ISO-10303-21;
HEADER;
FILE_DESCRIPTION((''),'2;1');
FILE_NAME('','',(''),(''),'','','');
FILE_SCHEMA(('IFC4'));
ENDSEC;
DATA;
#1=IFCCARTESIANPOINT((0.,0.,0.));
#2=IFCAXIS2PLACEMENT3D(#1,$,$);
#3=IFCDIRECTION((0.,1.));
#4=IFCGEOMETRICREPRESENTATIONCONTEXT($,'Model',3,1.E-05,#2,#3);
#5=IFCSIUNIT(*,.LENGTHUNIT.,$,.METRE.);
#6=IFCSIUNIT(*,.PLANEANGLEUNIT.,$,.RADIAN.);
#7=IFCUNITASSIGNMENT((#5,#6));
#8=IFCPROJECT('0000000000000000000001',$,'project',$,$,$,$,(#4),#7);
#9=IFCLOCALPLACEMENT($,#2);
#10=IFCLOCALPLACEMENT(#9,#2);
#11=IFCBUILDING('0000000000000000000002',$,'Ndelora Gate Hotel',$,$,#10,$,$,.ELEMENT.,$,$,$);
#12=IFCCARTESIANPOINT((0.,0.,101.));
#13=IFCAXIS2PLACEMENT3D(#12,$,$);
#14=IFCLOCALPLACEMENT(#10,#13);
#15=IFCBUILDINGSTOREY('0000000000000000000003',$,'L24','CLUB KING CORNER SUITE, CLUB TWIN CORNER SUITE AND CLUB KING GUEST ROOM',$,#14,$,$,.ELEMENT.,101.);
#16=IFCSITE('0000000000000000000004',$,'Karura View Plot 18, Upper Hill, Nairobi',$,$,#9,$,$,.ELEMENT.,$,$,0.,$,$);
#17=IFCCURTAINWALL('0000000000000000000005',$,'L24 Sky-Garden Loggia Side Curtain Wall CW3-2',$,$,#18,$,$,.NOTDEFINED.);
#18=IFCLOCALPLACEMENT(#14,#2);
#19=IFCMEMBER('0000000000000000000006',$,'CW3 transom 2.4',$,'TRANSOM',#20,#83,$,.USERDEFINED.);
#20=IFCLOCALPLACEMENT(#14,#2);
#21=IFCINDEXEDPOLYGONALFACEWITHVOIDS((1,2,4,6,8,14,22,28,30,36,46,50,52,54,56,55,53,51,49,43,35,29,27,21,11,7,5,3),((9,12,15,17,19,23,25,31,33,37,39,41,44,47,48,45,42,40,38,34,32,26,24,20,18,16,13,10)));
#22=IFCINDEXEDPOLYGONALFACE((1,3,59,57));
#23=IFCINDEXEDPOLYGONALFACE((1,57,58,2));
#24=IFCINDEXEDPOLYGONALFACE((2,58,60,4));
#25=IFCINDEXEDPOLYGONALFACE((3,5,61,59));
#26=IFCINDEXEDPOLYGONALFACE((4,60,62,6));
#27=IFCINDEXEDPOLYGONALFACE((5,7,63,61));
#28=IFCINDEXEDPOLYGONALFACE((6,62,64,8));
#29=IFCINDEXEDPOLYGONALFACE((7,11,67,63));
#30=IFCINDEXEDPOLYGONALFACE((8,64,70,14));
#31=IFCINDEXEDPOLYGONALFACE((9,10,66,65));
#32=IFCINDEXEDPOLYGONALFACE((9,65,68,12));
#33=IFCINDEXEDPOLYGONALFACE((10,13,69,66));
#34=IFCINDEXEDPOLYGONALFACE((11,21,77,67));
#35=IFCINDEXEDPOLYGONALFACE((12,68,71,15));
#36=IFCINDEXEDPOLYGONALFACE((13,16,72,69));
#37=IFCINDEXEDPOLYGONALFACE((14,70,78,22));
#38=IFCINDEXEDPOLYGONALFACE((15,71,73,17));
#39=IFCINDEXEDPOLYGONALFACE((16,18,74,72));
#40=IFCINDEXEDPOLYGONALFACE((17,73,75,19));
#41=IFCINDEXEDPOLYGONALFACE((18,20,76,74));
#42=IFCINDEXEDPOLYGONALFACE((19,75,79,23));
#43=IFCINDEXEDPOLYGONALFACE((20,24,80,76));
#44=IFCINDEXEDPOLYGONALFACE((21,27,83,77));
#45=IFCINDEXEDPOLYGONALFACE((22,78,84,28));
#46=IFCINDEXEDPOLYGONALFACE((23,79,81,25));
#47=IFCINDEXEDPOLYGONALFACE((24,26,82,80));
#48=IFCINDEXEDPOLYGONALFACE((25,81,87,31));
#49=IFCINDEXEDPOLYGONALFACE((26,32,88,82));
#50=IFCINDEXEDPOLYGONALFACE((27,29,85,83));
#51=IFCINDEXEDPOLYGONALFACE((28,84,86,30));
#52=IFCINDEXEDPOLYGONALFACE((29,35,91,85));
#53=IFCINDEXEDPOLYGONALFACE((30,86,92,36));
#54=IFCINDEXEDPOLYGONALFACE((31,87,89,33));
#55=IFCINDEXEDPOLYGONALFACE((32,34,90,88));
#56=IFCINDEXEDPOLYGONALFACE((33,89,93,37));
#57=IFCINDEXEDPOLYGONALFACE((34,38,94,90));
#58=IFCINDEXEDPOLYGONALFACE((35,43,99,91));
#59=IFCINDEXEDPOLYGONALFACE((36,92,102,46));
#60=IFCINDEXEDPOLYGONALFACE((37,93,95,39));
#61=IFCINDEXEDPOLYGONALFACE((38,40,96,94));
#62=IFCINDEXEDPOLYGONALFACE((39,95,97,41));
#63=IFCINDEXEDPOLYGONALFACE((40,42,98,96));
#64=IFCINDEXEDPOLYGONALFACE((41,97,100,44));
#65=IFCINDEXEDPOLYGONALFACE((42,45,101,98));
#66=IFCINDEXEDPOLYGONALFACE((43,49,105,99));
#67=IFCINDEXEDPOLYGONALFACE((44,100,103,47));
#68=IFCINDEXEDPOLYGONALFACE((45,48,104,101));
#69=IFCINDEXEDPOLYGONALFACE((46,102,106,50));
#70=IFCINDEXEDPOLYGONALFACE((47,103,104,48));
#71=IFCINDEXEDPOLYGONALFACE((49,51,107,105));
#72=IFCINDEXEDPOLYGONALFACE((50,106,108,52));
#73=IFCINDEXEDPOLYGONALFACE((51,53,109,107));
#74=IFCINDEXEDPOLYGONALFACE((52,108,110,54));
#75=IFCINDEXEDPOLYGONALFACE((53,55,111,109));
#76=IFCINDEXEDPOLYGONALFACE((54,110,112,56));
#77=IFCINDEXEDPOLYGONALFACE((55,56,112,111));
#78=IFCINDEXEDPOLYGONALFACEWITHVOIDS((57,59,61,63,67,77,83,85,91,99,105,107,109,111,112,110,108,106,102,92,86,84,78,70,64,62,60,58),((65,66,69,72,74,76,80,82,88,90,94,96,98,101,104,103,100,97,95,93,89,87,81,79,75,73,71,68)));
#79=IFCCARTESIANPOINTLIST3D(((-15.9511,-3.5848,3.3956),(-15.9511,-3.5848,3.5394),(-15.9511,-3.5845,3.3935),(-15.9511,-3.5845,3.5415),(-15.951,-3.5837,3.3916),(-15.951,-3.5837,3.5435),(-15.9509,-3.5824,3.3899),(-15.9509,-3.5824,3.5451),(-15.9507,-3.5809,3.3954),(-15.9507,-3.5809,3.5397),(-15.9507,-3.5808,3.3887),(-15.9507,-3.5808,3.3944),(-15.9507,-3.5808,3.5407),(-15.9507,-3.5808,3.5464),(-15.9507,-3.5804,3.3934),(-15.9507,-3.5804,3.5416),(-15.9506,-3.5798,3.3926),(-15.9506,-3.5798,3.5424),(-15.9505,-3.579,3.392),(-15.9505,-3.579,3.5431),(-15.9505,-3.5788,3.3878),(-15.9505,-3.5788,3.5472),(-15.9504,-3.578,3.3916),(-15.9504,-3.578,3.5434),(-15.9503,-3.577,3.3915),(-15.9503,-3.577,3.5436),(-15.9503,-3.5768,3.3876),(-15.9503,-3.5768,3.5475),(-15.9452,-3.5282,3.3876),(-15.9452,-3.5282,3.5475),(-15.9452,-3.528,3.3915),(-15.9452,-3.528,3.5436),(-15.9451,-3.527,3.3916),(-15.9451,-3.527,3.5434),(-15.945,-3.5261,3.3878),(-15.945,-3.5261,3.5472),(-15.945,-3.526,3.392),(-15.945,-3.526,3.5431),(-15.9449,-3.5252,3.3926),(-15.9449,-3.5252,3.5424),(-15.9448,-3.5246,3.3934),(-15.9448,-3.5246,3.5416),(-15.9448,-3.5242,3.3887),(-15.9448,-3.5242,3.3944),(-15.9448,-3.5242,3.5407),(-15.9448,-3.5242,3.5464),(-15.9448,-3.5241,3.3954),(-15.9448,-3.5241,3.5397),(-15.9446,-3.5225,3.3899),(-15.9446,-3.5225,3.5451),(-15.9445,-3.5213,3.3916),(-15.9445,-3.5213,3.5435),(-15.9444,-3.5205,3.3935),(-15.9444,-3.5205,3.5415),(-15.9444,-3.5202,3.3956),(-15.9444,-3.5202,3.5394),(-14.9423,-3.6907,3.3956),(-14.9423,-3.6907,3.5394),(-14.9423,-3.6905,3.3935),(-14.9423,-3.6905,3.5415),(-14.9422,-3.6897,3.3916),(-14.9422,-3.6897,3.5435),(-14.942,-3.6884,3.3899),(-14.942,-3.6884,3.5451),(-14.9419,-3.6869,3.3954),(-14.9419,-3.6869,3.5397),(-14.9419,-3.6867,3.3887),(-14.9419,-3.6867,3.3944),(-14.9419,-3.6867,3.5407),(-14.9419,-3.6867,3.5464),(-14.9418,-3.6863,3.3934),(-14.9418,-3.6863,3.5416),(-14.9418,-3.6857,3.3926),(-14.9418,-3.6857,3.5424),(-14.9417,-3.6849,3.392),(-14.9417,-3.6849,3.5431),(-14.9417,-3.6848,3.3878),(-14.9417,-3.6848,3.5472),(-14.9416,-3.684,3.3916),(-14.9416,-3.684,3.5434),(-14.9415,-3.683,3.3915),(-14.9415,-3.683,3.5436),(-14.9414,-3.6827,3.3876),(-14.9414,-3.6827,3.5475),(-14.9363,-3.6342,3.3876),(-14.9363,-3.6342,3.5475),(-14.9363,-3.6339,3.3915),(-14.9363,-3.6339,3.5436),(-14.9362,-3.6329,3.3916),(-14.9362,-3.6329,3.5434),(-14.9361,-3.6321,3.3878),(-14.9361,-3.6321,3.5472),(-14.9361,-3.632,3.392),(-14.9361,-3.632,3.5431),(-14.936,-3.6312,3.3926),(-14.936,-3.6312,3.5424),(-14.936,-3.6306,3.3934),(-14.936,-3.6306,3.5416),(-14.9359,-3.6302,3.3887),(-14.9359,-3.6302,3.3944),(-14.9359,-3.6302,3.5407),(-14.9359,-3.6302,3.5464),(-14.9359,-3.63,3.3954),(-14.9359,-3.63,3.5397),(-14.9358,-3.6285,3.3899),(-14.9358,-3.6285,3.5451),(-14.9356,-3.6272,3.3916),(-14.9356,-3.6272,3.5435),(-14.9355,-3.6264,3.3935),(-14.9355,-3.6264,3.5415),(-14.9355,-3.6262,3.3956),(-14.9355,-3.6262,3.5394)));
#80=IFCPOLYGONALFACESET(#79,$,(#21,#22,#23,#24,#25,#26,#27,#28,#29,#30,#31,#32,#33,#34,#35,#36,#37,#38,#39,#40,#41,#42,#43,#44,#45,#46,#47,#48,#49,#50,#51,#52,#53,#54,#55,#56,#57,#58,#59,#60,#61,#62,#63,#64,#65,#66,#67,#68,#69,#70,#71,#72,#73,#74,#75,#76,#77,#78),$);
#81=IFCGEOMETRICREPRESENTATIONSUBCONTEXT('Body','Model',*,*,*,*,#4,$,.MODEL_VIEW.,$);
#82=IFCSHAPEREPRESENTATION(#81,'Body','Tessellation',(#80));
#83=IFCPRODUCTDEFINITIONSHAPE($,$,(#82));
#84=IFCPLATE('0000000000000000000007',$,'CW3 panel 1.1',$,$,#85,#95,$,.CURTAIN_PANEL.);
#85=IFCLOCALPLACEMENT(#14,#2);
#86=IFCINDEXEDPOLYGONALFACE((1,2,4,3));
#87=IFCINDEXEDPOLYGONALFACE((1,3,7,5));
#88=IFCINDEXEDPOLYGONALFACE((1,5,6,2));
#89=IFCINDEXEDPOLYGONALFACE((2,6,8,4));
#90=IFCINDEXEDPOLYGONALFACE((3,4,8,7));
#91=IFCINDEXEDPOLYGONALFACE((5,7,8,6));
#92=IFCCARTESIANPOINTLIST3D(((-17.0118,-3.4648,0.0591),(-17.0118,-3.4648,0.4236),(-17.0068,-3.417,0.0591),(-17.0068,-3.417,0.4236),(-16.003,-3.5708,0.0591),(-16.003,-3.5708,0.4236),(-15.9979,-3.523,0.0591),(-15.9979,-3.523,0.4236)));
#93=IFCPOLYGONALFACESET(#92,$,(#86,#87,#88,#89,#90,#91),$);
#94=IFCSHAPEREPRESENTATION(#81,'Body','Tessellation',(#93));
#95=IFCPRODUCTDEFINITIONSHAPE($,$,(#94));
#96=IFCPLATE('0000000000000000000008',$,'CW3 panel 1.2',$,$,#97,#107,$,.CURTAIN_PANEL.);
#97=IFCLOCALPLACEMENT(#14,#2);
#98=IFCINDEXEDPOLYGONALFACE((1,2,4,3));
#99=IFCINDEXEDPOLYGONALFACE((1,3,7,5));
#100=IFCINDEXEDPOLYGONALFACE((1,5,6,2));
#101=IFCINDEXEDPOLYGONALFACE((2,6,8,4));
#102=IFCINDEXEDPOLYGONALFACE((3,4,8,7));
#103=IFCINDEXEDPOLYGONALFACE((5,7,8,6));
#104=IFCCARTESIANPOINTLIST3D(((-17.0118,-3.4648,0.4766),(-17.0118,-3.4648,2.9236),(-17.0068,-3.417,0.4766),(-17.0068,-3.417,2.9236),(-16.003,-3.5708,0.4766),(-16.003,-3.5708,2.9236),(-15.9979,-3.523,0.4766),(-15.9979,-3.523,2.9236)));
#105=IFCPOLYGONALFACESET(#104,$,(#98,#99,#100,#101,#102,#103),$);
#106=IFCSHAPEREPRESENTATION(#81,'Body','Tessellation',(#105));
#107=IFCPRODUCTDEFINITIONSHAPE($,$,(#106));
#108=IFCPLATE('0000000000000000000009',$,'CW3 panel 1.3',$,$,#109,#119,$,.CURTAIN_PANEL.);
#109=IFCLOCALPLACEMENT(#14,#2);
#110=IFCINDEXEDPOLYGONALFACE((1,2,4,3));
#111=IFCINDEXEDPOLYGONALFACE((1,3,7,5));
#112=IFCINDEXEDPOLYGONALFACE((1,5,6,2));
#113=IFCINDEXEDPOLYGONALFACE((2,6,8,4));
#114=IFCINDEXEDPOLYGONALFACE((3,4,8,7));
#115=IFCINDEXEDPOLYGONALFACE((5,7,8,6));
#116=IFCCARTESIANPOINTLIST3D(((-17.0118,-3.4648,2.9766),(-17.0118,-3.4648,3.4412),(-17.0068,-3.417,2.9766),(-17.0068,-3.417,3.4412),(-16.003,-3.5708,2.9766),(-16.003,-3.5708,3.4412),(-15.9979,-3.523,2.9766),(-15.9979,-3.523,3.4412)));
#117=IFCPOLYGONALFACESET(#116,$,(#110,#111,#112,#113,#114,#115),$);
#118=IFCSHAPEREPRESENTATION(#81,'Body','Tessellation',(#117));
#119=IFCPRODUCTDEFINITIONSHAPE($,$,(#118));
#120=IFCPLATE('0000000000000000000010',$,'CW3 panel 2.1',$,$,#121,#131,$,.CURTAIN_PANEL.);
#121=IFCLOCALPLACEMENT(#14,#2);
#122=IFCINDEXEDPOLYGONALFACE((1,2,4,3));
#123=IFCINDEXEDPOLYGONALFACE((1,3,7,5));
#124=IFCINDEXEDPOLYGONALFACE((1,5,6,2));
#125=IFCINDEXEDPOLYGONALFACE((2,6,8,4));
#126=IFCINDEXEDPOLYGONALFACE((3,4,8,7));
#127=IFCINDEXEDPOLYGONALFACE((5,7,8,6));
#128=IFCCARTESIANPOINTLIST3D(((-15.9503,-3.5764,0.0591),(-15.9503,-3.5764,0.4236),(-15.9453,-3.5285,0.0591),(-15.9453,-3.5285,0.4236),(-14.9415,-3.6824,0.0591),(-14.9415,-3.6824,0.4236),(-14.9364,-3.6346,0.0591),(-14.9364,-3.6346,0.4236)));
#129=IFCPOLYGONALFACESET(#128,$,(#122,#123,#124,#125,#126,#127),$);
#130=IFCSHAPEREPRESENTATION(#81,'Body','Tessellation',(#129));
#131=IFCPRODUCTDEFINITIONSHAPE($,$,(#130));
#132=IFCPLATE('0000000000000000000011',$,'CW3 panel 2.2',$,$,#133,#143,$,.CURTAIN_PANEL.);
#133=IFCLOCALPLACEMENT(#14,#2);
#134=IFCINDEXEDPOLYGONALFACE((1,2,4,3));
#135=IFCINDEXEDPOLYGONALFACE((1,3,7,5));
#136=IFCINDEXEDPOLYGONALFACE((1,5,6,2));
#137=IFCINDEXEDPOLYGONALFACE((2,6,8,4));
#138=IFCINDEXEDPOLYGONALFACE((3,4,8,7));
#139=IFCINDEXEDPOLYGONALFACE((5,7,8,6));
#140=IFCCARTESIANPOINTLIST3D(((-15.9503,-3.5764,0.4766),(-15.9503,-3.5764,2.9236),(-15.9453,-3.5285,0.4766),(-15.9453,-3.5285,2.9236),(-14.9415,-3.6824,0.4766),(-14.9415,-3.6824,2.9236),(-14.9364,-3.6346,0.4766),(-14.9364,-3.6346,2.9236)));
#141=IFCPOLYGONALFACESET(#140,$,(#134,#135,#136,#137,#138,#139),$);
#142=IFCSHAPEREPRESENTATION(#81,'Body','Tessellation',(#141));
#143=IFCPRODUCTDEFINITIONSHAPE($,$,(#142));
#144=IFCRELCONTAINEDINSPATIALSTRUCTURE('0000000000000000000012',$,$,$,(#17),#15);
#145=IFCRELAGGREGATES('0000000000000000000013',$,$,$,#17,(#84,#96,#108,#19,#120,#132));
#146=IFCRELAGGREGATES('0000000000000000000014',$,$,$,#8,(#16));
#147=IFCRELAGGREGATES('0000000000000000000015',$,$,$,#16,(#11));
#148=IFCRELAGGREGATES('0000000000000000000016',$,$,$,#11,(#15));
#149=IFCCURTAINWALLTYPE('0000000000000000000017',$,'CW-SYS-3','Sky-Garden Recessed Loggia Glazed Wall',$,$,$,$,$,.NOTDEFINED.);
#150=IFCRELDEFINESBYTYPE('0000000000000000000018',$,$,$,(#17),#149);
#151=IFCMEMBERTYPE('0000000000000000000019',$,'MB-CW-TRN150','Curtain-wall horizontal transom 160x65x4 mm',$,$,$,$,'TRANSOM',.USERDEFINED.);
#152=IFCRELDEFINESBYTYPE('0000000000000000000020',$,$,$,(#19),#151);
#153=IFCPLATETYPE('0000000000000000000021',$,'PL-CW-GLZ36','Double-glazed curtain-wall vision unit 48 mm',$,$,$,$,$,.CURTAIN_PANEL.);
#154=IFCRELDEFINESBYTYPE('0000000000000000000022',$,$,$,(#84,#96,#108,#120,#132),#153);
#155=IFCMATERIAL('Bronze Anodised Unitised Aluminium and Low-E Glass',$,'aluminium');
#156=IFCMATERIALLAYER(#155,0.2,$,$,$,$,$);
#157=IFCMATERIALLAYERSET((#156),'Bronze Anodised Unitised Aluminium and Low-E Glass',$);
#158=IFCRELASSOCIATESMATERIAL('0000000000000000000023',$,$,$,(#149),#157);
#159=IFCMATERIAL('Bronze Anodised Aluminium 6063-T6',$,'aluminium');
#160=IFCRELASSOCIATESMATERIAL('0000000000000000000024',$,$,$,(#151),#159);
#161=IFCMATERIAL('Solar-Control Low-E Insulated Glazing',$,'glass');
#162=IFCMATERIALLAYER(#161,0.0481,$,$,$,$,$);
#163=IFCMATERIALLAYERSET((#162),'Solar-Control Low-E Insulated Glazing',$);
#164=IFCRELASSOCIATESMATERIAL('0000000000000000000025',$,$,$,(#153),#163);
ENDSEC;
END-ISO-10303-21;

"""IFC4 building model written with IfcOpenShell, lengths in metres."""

from ifc_helpers import new_model, si_unit, direction, frame, origin, origin_2d, place, context, subcontext, project, spatial, rectangle, hollow_rectangle, extrude, material, layer, layer_set, material_profile, profile_set, type_object, element, aggregate, save


model = new_model("IFC4")

# Units and contexts
model_context = context("Model", 3, precision=1e-05, world=origin(), true_north=direction((0.0, 1.0)))
body_context = subcontext(model_context, "Body", "Model", "MODEL_VIEW")
ifc_project = project(units=[si_unit("LENGTHUNIT", "METRE"), si_unit("PLANEANGLEUNIT", "RADIAN")], contexts=[model_context])

# Site, building, storey
site_placement = place(None, origin())
site = spatial("IfcSite", under=ifc_project, at=site_placement, Name="Karura View Plot 18, Upper Hill, Nairobi", CompositionType="ELEMENT", RefElevation=0.0)
building_placement = place(site_placement, origin())
building = spatial("IfcBuilding", under=site, at=building_placement, Name="Ndelora Gate Hotel", CompositionType="ELEMENT")
storey_placement = place(building_placement, frame((0.0, 0.0, 101.0)))
storey = spatial("IfcBuildingStorey", under=building, at=storey_placement, Name="L24", Description="CLUB KING CORNER SUITE, CLUB TWIN CORNER SUITE AND CLUB KING GUEST ROOM", CompositionType="ELEMENT", Elevation=101.0)

# Curtain wall, member, plates
ifc_material_1 = material(Name="Bronze Anodised Unitised Aluminium and Low-E Glass", Category="aluminium")
ifc_layer_1 = layer(ifc_material_1, 0.2)
ifc_layer_set_1 = layer_set([ifc_layer_1], Name="Bronze Anodised Unitised Aluminium and Low-E Glass")
curtain_wall_type = type_object("IfcCurtainWallType", Name="CW-SYS-3", Description="Sky-Garden Recessed Loggia Glazed Wall", PredefinedType="NOTDEFINED", material=ifc_layer_set_1)
curtain_wall_placement = place(storey_placement, origin())
curtain_wall = element("IfcCurtainWall", 1, at=curtain_wall_placement, inside=storey, type_object=curtain_wall_type, Name="L24 Sky-Garden Loggia Side Curtain Wall CW3-2", PredefinedType="NOTDEFINED")
ifc_material_2 = material(Name="Bronze Anodised Aluminium 6063-T6", Category="aluminium")
ifc_material_profile_1 = material_profile(ifc_material_2, hollow_rectangle(XDim=0.0649, YDim=0.1599, WallThickness=0.0039, InnerFilletRadius=0.0039, OuterFilletRadius=0.0081, at=origin_2d()), Name="ALU 160x65x4")
ifc_profile_set_1 = profile_set([ifc_material_profile_1], Name="Bronze Anodised Aluminium 6063-T6")
member_type_1 = type_object("IfcMemberType", Name="MB-CW-TRN150", Description="Curtain-wall horizontal transom 160x65x4 mm", ElementType="TRANSOM", PredefinedType="USERDEFINED", material=ifc_profile_set_1)
member_1_placement = place(storey_placement, frame((-15.9478, -3.5525, 3.4675), z_axis=(0.994529, -0.104459, 0.0), x_axis=(0.104459, 0.994529, 0.0)))
member_1 = element("IfcMember", 2, at=member_1_placement, type_object=member_type_1, Name="CW3 transom 2.4", ObjectType="TRANSOM", PredefinedType="USERDEFINED", context=body_context, shape_type="SweptSolid", body=[
    extrude(hollow_rectangle(XDim=0.0649, YDim=0.1599, WallThickness=0.0039, InnerFilletRadius=0.0039, OuterFilletRadius=0.0081, at=origin_2d()), origin(), (0.0, 0.0, 1.0), 1.0144),
])
ifc_material_3 = material(Name="Solar-Control Low-E Insulated Glazing", Category="glass")
ifc_layer_2 = layer(ifc_material_3, 0.0481)
ifc_layer_set_2 = layer_set([ifc_layer_2], Name="Solar-Control Low-E Insulated Glazing")
plate_type = type_object("IfcPlateType", Name="PL-CW-GLZ36", Description="Double-glazed curtain-wall vision unit 48 mm", PredefinedType="CURTAIN_PANEL", material=ifc_layer_set_2)
plate_1_placement = place(storey_placement, frame((-16.5049, -3.4939, 0.0591), z_axis=(0.0, 0.0, 1.0), x_axis=(0.99452, -0.104548, 0.0)))
plate_1 = element("IfcPlate", 3, at=plate_1_placement, type_object=plate_type, Name="CW3 panel 1.1", PredefinedType="CURTAIN_PANEL", context=body_context, shape_type="SweptSolid", body=[
    extrude(rectangle(XDim=1.0144, YDim=0.0481, at=origin_2d()), origin(), (0.0, 0.0, 1.0), 0.3645),
])
plate_2_placement = place(storey_placement, frame((-16.5049, -3.4939, 0.4766), z_axis=(0.0, 0.0, 1.0), x_axis=(0.99452, -0.104548, 0.0)))
plate_2 = element("IfcPlate", 4, at=plate_2_placement, type_object=plate_type, Name="CW3 panel 1.2", PredefinedType="CURTAIN_PANEL", context=body_context, shape_type="SweptSolid", body=[
    extrude(rectangle(XDim=1.0144, YDim=0.0481, at=origin_2d()), origin(), (0.0, 0.0, 1.0), 2.447),
])
plate_3_placement = place(storey_placement, frame((-16.5049, -3.4939, 2.9766), z_axis=(0.0, 0.0, 1.0), x_axis=(0.99452, -0.104548, 0.0)))
plate_3 = element("IfcPlate", 5, at=plate_3_placement, type_object=plate_type, Name="CW3 panel 1.3", PredefinedType="CURTAIN_PANEL", context=body_context, shape_type="SweptSolid", body=[
    extrude(rectangle(XDim=1.0144, YDim=0.0481, at=origin_2d()), origin(), (0.0, 0.0, 1.0), 0.4646),
])
plate_4_placement = place(storey_placement, frame((-15.4434, -3.6055, 0.0591), z_axis=(0.0, 0.0, 1.0), x_axis=(0.99452, -0.104548, 0.0)))
plate_4 = element("IfcPlate", 6, at=plate_4_placement, type_object=plate_type, Name="CW3 panel 2.1", PredefinedType="CURTAIN_PANEL", context=body_context, shape_type="SweptSolid", body=[
    extrude(rectangle(XDim=1.0144, YDim=0.0481, at=origin_2d()), origin(), (0.0, 0.0, 1.0), 0.3645),
])
plate_5_placement = place(storey_placement, frame((-15.4434, -3.6055, 0.4766), z_axis=(0.0, 0.0, 1.0), x_axis=(0.99452, -0.104548, 0.0)))
plate_5 = element("IfcPlate", 7, at=plate_5_placement, type_object=plate_type, Name="CW3 panel 2.2", PredefinedType="CURTAIN_PANEL", context=body_context, shape_type="SweptSolid", body=[
    extrude(rectangle(XDim=1.0144, YDim=0.0481, at=origin_2d()), origin(), (0.0, 0.0, 1.0), 2.447),
])
aggregate(curtain_wall, [plate_1, plate_2, plate_3, member_1, plate_4, plate_5])

save(model, "model.ifc")
